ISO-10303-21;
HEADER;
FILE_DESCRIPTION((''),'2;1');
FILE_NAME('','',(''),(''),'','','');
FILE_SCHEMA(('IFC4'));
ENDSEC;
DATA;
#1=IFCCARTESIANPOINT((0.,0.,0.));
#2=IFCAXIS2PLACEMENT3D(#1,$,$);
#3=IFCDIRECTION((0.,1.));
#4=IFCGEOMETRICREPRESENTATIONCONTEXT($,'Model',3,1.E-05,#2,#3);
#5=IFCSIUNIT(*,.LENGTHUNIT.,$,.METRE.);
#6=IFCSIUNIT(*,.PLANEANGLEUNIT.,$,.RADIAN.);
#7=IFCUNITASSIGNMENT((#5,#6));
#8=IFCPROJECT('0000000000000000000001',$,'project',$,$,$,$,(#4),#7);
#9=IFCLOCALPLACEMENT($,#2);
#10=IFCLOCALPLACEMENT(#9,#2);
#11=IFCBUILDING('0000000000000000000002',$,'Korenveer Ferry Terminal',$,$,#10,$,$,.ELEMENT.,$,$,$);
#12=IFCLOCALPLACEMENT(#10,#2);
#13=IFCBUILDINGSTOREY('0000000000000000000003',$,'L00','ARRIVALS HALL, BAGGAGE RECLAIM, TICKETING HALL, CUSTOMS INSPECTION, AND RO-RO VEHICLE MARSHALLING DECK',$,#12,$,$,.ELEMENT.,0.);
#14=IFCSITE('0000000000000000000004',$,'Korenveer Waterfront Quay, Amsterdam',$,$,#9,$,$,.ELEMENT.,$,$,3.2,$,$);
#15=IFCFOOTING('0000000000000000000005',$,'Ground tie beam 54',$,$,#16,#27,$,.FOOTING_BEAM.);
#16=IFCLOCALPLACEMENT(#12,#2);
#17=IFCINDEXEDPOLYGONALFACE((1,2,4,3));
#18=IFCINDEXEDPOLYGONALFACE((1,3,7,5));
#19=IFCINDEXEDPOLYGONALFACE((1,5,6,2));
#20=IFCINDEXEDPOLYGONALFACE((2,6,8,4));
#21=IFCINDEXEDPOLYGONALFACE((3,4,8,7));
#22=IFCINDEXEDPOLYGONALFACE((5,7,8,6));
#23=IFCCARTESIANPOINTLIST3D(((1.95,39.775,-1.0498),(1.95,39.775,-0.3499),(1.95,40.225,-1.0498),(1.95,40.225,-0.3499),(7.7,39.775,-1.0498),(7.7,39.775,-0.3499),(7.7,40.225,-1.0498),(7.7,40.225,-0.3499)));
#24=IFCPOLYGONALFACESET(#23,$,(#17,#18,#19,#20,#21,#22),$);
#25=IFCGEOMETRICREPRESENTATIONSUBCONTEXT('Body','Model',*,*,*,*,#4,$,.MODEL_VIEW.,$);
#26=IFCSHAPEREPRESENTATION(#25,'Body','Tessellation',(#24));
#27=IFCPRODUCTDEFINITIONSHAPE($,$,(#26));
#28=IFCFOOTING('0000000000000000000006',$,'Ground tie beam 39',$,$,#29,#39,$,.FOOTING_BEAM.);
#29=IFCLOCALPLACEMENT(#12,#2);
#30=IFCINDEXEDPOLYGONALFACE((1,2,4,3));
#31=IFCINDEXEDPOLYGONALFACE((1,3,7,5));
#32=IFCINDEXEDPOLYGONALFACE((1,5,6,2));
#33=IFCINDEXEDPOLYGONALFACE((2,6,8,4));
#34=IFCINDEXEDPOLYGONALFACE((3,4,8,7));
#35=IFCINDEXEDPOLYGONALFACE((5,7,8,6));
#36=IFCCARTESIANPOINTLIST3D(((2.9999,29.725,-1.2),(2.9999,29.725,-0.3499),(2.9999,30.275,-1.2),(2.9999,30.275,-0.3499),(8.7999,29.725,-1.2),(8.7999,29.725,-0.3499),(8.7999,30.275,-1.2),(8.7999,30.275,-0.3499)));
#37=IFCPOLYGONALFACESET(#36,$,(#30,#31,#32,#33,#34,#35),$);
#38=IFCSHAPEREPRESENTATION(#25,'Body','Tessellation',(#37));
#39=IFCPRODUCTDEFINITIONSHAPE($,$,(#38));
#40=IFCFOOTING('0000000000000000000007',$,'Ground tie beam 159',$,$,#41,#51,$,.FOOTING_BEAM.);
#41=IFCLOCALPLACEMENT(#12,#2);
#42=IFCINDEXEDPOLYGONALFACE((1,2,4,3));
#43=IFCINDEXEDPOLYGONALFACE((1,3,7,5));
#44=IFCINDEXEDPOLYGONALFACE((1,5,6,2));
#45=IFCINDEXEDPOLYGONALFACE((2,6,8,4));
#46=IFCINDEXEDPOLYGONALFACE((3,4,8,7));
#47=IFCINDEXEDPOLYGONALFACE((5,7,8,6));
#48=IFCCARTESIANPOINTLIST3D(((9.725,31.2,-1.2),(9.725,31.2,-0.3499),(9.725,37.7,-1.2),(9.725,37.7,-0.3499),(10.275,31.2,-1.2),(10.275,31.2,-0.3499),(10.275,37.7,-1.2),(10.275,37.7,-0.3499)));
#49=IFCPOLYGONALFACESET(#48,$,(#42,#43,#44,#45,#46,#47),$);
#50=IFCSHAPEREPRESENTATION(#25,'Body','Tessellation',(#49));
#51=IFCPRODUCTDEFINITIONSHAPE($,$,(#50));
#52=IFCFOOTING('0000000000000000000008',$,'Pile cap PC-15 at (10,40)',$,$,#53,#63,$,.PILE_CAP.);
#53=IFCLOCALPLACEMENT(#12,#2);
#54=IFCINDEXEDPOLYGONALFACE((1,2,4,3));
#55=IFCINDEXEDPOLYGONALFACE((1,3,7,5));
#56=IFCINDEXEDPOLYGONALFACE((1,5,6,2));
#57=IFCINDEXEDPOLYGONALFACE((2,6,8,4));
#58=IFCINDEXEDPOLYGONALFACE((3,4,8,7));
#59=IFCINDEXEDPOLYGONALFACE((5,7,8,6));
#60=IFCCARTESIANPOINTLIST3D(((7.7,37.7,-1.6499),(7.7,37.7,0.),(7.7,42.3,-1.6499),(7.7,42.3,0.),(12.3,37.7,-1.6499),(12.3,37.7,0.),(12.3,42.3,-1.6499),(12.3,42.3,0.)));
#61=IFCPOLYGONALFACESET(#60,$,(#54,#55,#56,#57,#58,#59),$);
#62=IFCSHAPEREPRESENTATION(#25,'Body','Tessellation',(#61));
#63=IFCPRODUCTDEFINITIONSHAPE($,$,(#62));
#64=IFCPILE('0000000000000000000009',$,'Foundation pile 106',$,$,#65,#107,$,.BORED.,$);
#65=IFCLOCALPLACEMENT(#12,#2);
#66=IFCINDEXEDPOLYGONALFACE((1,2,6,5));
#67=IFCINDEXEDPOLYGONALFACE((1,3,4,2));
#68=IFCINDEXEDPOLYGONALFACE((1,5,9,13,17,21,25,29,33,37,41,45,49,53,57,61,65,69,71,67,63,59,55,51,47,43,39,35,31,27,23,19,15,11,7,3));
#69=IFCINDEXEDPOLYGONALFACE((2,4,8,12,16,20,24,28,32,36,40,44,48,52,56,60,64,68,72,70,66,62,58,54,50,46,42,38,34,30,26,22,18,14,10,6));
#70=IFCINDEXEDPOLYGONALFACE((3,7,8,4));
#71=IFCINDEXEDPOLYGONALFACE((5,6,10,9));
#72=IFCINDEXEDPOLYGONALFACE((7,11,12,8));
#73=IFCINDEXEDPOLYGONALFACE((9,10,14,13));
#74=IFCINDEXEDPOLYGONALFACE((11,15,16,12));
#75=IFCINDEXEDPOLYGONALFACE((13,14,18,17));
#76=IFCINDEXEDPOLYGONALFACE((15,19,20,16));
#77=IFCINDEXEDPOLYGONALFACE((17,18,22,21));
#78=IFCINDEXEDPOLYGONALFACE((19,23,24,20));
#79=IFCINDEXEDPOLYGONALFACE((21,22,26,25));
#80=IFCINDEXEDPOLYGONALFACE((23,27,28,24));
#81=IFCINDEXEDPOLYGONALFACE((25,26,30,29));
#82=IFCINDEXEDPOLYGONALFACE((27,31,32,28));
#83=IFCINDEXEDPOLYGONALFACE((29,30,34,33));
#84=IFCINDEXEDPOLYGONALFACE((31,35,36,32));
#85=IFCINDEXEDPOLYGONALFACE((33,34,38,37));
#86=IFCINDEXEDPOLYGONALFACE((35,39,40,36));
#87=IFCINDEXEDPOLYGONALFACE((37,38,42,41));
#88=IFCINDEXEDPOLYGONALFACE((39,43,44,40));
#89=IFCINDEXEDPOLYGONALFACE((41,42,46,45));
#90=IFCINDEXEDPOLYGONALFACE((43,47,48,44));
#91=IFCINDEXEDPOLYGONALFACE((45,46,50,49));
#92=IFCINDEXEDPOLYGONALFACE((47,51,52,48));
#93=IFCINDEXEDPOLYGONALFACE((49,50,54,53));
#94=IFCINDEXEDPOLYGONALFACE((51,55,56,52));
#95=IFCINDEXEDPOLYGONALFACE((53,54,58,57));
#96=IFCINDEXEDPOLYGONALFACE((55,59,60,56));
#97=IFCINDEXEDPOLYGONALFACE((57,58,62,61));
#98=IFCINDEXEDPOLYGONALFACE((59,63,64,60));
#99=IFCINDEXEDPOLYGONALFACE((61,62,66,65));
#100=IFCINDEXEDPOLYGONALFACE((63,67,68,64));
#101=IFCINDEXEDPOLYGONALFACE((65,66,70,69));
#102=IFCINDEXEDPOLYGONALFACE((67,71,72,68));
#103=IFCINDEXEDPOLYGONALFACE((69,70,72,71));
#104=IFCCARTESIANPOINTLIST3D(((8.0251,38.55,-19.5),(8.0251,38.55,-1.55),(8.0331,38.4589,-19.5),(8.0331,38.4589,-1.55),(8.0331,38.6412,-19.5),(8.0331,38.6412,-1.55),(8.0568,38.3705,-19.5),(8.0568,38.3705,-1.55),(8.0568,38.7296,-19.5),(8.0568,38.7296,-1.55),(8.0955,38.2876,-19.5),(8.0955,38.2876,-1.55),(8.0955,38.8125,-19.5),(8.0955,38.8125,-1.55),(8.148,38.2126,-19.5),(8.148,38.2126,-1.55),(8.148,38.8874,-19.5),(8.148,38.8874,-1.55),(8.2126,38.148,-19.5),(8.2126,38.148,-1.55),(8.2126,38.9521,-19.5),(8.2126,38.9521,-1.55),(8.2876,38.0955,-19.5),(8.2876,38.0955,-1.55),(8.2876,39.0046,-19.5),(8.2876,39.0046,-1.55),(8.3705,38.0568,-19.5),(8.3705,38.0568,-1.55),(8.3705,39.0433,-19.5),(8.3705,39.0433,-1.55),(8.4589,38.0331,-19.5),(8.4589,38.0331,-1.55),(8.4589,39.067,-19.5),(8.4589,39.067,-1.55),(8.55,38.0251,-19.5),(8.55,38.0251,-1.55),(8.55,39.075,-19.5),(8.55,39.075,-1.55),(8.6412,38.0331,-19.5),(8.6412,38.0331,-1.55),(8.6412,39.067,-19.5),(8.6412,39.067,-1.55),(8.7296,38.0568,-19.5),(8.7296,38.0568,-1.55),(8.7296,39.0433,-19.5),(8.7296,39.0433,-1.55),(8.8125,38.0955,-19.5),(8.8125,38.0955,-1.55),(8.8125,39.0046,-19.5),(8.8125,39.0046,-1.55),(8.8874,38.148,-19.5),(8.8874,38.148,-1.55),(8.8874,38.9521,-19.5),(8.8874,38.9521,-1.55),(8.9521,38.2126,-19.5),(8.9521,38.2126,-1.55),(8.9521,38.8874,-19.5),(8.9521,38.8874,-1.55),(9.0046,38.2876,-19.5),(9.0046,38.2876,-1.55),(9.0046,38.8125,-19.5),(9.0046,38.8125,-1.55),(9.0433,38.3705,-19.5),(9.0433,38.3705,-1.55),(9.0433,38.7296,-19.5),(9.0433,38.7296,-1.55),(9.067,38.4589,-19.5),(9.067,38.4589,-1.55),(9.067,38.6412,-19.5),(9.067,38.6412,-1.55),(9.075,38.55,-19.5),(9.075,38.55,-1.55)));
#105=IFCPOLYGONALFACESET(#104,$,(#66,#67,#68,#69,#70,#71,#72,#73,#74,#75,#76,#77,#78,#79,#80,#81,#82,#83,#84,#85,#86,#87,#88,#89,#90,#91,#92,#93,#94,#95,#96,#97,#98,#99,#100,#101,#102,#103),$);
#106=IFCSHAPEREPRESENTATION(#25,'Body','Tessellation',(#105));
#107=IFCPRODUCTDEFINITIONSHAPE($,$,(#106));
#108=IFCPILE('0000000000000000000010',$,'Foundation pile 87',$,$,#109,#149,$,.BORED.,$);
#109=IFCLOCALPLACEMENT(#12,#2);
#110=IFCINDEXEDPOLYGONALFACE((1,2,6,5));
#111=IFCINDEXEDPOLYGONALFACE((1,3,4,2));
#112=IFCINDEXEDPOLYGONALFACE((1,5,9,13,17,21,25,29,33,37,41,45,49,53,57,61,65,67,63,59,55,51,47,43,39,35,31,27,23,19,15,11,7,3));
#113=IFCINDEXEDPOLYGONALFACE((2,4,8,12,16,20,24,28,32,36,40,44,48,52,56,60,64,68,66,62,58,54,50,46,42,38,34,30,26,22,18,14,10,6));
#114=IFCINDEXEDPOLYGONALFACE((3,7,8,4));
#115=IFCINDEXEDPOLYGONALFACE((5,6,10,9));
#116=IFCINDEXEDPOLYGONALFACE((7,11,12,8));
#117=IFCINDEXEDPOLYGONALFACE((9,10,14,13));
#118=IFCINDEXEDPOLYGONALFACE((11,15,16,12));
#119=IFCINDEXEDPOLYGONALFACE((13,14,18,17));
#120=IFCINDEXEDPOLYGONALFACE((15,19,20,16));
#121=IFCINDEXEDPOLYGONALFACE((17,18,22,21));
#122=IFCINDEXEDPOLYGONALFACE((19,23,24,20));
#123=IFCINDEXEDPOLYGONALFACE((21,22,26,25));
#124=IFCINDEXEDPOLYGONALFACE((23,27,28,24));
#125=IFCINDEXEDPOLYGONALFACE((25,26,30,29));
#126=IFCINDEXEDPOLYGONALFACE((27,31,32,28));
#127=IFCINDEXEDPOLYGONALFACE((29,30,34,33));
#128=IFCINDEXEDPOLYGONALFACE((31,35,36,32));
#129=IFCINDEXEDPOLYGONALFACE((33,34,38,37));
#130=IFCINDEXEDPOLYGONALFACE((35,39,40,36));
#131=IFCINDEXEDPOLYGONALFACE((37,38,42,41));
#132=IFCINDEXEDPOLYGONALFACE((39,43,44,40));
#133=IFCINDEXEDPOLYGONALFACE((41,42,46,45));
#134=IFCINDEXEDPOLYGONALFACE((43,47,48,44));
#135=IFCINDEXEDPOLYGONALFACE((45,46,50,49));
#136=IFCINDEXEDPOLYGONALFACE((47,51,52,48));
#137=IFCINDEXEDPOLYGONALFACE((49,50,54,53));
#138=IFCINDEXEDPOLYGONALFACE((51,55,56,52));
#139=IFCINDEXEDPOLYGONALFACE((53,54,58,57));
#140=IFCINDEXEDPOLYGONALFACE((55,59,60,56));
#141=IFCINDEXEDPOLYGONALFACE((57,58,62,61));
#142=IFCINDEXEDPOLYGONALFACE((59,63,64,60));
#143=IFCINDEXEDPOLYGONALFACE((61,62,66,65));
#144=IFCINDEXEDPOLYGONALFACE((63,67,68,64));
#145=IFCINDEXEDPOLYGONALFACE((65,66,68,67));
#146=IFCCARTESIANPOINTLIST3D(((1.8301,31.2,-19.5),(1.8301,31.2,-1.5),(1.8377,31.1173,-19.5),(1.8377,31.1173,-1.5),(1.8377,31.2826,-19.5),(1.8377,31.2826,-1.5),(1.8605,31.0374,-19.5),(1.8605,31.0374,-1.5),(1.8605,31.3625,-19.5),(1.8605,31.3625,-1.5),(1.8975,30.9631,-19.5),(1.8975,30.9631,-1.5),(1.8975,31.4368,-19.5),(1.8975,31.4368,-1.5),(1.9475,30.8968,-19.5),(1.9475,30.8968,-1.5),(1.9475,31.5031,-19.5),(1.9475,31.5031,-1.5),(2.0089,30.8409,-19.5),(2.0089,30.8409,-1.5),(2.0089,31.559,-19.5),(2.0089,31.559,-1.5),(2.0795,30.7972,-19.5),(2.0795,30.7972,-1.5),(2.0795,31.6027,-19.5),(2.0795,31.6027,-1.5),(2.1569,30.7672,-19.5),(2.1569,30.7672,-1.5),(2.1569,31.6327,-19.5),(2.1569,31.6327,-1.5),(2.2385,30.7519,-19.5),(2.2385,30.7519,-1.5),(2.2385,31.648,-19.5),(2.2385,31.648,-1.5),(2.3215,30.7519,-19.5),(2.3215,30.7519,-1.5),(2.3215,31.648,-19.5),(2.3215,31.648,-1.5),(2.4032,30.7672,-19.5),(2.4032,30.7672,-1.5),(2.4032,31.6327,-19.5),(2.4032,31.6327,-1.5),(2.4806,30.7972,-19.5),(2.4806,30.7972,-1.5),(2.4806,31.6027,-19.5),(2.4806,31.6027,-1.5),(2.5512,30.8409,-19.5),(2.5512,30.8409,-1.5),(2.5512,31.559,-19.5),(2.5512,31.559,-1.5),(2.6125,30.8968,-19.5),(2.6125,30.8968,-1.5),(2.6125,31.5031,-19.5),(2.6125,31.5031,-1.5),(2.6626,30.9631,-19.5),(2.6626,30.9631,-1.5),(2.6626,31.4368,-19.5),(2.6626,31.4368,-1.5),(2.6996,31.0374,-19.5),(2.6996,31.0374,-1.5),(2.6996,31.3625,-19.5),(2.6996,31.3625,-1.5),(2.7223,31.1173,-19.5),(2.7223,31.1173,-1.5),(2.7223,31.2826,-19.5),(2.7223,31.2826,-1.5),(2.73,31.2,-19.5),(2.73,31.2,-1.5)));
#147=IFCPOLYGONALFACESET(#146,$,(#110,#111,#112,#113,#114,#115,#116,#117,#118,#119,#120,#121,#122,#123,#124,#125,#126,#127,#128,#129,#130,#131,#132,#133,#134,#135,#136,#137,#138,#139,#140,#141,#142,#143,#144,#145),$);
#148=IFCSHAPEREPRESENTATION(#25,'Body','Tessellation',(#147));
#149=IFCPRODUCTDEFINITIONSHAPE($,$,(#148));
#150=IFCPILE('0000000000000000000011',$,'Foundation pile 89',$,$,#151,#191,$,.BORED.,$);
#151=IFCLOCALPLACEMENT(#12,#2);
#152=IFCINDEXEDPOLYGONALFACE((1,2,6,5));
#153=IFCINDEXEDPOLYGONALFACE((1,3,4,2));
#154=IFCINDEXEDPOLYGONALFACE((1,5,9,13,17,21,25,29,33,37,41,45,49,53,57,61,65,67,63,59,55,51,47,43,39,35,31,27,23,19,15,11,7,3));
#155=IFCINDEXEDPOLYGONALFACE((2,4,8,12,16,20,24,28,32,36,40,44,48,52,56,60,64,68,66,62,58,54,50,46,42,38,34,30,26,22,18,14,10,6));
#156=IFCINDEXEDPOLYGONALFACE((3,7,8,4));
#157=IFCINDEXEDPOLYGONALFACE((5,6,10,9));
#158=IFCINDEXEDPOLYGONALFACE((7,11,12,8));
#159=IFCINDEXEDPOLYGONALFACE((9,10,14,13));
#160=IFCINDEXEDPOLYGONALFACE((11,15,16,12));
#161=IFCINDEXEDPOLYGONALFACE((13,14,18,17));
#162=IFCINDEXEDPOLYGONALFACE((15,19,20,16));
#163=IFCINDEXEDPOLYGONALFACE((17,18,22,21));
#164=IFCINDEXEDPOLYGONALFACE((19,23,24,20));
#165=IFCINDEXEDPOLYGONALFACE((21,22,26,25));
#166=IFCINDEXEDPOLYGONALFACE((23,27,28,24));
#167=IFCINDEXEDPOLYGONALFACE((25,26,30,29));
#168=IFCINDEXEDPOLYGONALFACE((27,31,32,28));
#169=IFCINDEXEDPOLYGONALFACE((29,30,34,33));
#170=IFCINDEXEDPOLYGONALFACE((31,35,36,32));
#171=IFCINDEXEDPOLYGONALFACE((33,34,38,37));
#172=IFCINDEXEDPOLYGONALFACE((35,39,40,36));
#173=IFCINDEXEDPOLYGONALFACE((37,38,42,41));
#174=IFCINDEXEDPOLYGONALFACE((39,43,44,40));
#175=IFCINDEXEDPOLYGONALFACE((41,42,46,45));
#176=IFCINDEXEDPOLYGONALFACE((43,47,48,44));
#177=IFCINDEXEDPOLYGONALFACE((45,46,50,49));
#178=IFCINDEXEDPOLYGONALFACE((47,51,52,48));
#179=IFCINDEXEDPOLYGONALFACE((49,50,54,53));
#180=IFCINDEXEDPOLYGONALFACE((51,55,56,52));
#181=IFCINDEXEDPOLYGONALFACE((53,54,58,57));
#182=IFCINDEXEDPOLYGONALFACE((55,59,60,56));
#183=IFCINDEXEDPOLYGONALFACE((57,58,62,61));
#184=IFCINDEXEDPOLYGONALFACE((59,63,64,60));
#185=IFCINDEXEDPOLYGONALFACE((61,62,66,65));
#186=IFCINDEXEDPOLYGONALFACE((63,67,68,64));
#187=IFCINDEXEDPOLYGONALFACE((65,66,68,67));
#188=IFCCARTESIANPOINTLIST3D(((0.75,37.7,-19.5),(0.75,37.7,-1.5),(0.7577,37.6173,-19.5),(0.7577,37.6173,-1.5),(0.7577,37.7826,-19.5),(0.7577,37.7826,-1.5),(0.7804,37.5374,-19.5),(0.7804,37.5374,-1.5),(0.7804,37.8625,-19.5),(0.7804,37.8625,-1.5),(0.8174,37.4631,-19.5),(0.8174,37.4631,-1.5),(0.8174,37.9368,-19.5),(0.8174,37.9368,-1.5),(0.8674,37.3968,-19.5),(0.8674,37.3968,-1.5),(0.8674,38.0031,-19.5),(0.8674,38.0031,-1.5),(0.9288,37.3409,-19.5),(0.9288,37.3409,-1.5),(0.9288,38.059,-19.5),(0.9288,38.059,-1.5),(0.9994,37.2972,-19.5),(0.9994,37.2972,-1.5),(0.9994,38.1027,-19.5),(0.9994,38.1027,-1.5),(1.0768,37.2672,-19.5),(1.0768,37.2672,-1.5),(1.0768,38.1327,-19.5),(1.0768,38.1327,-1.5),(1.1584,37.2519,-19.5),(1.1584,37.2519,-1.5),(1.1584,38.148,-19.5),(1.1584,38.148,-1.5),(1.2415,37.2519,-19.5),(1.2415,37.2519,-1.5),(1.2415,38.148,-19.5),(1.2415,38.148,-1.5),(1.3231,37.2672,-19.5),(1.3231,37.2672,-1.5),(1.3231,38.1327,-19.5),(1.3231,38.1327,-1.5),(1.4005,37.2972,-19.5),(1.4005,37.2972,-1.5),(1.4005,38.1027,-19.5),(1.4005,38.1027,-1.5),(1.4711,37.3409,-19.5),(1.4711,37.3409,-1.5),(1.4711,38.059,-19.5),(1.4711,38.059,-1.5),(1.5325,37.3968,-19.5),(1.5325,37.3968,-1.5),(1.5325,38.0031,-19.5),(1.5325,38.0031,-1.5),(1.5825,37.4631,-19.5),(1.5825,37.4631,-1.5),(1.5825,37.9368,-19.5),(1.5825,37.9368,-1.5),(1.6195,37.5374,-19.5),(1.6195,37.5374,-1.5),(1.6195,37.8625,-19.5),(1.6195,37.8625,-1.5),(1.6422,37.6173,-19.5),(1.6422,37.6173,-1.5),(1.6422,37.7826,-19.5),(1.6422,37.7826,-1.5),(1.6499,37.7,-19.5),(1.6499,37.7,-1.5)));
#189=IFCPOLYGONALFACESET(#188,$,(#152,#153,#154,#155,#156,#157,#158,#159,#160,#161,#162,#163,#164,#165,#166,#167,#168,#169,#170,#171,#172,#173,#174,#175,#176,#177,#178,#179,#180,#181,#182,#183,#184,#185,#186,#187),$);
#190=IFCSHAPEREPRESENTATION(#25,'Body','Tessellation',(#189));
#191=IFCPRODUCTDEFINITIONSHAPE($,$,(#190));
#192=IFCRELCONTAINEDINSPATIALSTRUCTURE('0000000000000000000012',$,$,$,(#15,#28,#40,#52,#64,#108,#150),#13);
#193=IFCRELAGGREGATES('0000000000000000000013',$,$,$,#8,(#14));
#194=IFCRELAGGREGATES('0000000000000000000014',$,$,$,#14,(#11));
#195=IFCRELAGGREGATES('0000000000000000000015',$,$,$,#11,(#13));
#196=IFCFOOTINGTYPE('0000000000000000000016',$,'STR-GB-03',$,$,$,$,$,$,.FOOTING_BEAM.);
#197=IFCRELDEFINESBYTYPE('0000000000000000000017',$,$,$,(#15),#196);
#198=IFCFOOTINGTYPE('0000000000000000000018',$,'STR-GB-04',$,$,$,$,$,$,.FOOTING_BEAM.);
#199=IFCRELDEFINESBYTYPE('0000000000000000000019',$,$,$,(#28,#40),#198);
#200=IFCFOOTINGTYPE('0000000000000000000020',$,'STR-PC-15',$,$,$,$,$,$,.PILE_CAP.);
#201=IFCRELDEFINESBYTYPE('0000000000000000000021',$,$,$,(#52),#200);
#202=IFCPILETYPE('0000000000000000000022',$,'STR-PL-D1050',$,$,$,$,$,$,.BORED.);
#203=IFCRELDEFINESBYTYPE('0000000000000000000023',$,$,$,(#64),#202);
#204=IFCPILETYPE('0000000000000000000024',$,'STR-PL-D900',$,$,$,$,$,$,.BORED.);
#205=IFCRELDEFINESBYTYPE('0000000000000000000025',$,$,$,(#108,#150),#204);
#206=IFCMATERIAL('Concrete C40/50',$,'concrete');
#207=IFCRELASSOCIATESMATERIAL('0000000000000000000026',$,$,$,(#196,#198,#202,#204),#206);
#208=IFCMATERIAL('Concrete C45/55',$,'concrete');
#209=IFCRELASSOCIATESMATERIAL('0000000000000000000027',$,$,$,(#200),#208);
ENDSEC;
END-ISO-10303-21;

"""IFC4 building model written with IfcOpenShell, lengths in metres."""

from ifc_helpers import new_model, si_unit, direction, frame, origin, origin_2d, place, context, subcontext, project, spatial, rectangle, circle, extrude, material, material_profile, profile_set, type_object, element, save


model = new_model("IFC4")

# Units and contexts
model_context = context("Model", 3, precision=1e-05, world=origin(), true_north=direction((0.0, 1.0)))
body_context = subcontext(model_context, "Body", "Model", "MODEL_VIEW")
ifc_project = project(units=[si_unit("LENGTHUNIT", "METRE"), si_unit("PLANEANGLEUNIT", "RADIAN")], contexts=[model_context])

# Site, building, storey
site_placement = place(None, origin())
site = spatial("IfcSite", under=ifc_project, at=site_placement, Name="Korenveer Waterfront Quay, Amsterdam", CompositionType="ELEMENT", RefElevation=3.2)
building_placement = place(site_placement, origin())
building = spatial("IfcBuilding", under=site, at=building_placement, Name="Korenveer Ferry Terminal", CompositionType="ELEMENT")
storey_placement = place(building_placement, origin())
storey = spatial("IfcBuildingStorey", under=building, at=storey_placement, Name="L00", Description="ARRIVALS HALL, BAGGAGE RECLAIM, TICKETING HALL, CUSTOMS INSPECTION, AND RO-RO VEHICLE MARSHALLING DECK", CompositionType="ELEMENT", Elevation=0.0)

# Footings
ifc_material_1 = material(Name="Concrete C40/50", Category="concrete")
footing_type_1 = type_object("IfcFootingType", Name="STR-GB-03", PredefinedType="FOOTING_BEAM", material=ifc_material_1)
footing_1_placement = place(storey_placement, frame((4.825, 40.0, -1.0498), z_axis=(0.0, 0.0, 1.0), x_axis=(1.0, 0.0, 0.0)))
element("IfcFooting", 1, at=footing_1_placement, inside=storey, type_object=footing_type_1, Name="Ground tie beam 54", PredefinedType="FOOTING_BEAM", context=body_context, shape_type="SweptSolid", body=[
    extrude(rectangle(XDim=5.75, YDim=0.45, at=origin_2d()), origin(), (0.0, 0.0, 1.0), 0.7),
])
footing_type_2 = type_object("IfcFootingType", Name="STR-GB-04", PredefinedType="FOOTING_BEAM", material=ifc_material_1)
footing_2_placement = place(storey_placement, frame((5.8999, 30.0, -1.2), z_axis=(0.0, 0.0, 1.0), x_axis=(1.0, 0.0, 0.0)))
element("IfcFooting", 2, at=footing_2_placement, inside=storey, type_object=footing_type_2, Name="Ground tie beam 39", PredefinedType="FOOTING_BEAM", context=body_context, shape_type="SweptSolid", body=[
    extrude(rectangle(XDim=5.8, YDim=0.55, at=origin_2d()), origin(), (0.0, 0.0, 1.0), 0.8501),
])
footing_3_placement = place(storey_placement, frame((10.0, 34.45, -1.2), z_axis=(0.0, 0.0, 1.0), x_axis=(1.0, 0.0, 0.0)))
element("IfcFooting", 3, at=footing_3_placement, inside=storey, type_object=footing_type_2, Name="Ground tie beam 159", PredefinedType="FOOTING_BEAM", context=body_context, shape_type="SweptSolid", body=[
    extrude(rectangle(XDim=0.55, YDim=6.5, at=origin_2d()), origin(), (0.0, 0.0, 1.0), 0.8501),
])
ifc_material_2 = material(Name="Concrete C45/55", Category="concrete")
footing_type_3 = type_object("IfcFootingType", Name="STR-PC-15", PredefinedType="PILE_CAP", material=ifc_material_2)
footing_4_placement = place(storey_placement, frame((10.0, 40.0, -1.6499), z_axis=(0.0, 0.0, 1.0), x_axis=(1.0, 0.0, 0.0)))
element("IfcFooting", 4, at=footing_4_placement, inside=storey, type_object=footing_type_3, Name="Pile cap PC-15 at (10,40)", PredefinedType="PILE_CAP", context=body_context, shape_type="SweptSolid", body=[
    extrude(rectangle(XDim=4.6001, YDim=4.6001, at=origin_2d()), origin(), (0.0, 0.0, 1.0), 1.6499),
])

# Piles
ifc_material_profile_1 = material_profile(ifc_material_1, circle(Radius=0.5249, at=origin_2d()), Name="PILE D1050")
ifc_profile_set_1 = profile_set([ifc_material_profile_1], Name="Concrete C40/50")
pile_type_1 = type_object("IfcPileType", Name="STR-PL-D1050", PredefinedType="BORED", material=ifc_profile_set_1)
pile_placement = place(storey_placement, frame((8.55, 38.55, -1.55), z_axis=(0.0, 0.0, -1.0), x_axis=(1.0, 0.0, 0.0)))
element("IfcPile", 5, at=pile_placement, inside=storey, type_object=pile_type_1, Name="Foundation pile 106", PredefinedType="BORED", context=body_context, shape_type="SweptSolid", body=[
    extrude(circle(Radius=0.5249, at=origin_2d()), origin(), (0.0, 0.0, 1.0), 17.95),
])
ifc_material_profile_2 = material_profile(ifc_material_1, circle(Radius=0.45, at=origin_2d()), Name="PILE D900")
ifc_profile_set_2 = profile_set([ifc_material_profile_2], Name="Concrete C40/50")
pile_type_2 = type_object("IfcPileType", Name="STR-PL-D900", PredefinedType="BORED", material=ifc_profile_set_2)
for number, where, z_axis, x_axis, name in (
    (6, (2.28, 31.2, -1.5), (0.0, 0.0, -1.0), (1.0, 0.0, 0.0), "Foundation pile 87"),
    (7, (1.2, 37.7, -1.5), (0.0, 0.0, -1.0), (1.0, 0.0, 0.0), "Foundation pile 89"),
):
    element("IfcPile", number, at=place(storey_placement, frame(where, z_axis=z_axis, x_axis=x_axis)), inside=storey, type_object=pile_type_2, Name=name, PredefinedType="BORED", context=body_context, shape_type="SweptSolid", body=[
        extrude(circle(Radius=0.45, at=origin_2d()), origin(), (0.0, 0.0, 1.0), 18.0),
    ])

save(model, "model.ifc")
